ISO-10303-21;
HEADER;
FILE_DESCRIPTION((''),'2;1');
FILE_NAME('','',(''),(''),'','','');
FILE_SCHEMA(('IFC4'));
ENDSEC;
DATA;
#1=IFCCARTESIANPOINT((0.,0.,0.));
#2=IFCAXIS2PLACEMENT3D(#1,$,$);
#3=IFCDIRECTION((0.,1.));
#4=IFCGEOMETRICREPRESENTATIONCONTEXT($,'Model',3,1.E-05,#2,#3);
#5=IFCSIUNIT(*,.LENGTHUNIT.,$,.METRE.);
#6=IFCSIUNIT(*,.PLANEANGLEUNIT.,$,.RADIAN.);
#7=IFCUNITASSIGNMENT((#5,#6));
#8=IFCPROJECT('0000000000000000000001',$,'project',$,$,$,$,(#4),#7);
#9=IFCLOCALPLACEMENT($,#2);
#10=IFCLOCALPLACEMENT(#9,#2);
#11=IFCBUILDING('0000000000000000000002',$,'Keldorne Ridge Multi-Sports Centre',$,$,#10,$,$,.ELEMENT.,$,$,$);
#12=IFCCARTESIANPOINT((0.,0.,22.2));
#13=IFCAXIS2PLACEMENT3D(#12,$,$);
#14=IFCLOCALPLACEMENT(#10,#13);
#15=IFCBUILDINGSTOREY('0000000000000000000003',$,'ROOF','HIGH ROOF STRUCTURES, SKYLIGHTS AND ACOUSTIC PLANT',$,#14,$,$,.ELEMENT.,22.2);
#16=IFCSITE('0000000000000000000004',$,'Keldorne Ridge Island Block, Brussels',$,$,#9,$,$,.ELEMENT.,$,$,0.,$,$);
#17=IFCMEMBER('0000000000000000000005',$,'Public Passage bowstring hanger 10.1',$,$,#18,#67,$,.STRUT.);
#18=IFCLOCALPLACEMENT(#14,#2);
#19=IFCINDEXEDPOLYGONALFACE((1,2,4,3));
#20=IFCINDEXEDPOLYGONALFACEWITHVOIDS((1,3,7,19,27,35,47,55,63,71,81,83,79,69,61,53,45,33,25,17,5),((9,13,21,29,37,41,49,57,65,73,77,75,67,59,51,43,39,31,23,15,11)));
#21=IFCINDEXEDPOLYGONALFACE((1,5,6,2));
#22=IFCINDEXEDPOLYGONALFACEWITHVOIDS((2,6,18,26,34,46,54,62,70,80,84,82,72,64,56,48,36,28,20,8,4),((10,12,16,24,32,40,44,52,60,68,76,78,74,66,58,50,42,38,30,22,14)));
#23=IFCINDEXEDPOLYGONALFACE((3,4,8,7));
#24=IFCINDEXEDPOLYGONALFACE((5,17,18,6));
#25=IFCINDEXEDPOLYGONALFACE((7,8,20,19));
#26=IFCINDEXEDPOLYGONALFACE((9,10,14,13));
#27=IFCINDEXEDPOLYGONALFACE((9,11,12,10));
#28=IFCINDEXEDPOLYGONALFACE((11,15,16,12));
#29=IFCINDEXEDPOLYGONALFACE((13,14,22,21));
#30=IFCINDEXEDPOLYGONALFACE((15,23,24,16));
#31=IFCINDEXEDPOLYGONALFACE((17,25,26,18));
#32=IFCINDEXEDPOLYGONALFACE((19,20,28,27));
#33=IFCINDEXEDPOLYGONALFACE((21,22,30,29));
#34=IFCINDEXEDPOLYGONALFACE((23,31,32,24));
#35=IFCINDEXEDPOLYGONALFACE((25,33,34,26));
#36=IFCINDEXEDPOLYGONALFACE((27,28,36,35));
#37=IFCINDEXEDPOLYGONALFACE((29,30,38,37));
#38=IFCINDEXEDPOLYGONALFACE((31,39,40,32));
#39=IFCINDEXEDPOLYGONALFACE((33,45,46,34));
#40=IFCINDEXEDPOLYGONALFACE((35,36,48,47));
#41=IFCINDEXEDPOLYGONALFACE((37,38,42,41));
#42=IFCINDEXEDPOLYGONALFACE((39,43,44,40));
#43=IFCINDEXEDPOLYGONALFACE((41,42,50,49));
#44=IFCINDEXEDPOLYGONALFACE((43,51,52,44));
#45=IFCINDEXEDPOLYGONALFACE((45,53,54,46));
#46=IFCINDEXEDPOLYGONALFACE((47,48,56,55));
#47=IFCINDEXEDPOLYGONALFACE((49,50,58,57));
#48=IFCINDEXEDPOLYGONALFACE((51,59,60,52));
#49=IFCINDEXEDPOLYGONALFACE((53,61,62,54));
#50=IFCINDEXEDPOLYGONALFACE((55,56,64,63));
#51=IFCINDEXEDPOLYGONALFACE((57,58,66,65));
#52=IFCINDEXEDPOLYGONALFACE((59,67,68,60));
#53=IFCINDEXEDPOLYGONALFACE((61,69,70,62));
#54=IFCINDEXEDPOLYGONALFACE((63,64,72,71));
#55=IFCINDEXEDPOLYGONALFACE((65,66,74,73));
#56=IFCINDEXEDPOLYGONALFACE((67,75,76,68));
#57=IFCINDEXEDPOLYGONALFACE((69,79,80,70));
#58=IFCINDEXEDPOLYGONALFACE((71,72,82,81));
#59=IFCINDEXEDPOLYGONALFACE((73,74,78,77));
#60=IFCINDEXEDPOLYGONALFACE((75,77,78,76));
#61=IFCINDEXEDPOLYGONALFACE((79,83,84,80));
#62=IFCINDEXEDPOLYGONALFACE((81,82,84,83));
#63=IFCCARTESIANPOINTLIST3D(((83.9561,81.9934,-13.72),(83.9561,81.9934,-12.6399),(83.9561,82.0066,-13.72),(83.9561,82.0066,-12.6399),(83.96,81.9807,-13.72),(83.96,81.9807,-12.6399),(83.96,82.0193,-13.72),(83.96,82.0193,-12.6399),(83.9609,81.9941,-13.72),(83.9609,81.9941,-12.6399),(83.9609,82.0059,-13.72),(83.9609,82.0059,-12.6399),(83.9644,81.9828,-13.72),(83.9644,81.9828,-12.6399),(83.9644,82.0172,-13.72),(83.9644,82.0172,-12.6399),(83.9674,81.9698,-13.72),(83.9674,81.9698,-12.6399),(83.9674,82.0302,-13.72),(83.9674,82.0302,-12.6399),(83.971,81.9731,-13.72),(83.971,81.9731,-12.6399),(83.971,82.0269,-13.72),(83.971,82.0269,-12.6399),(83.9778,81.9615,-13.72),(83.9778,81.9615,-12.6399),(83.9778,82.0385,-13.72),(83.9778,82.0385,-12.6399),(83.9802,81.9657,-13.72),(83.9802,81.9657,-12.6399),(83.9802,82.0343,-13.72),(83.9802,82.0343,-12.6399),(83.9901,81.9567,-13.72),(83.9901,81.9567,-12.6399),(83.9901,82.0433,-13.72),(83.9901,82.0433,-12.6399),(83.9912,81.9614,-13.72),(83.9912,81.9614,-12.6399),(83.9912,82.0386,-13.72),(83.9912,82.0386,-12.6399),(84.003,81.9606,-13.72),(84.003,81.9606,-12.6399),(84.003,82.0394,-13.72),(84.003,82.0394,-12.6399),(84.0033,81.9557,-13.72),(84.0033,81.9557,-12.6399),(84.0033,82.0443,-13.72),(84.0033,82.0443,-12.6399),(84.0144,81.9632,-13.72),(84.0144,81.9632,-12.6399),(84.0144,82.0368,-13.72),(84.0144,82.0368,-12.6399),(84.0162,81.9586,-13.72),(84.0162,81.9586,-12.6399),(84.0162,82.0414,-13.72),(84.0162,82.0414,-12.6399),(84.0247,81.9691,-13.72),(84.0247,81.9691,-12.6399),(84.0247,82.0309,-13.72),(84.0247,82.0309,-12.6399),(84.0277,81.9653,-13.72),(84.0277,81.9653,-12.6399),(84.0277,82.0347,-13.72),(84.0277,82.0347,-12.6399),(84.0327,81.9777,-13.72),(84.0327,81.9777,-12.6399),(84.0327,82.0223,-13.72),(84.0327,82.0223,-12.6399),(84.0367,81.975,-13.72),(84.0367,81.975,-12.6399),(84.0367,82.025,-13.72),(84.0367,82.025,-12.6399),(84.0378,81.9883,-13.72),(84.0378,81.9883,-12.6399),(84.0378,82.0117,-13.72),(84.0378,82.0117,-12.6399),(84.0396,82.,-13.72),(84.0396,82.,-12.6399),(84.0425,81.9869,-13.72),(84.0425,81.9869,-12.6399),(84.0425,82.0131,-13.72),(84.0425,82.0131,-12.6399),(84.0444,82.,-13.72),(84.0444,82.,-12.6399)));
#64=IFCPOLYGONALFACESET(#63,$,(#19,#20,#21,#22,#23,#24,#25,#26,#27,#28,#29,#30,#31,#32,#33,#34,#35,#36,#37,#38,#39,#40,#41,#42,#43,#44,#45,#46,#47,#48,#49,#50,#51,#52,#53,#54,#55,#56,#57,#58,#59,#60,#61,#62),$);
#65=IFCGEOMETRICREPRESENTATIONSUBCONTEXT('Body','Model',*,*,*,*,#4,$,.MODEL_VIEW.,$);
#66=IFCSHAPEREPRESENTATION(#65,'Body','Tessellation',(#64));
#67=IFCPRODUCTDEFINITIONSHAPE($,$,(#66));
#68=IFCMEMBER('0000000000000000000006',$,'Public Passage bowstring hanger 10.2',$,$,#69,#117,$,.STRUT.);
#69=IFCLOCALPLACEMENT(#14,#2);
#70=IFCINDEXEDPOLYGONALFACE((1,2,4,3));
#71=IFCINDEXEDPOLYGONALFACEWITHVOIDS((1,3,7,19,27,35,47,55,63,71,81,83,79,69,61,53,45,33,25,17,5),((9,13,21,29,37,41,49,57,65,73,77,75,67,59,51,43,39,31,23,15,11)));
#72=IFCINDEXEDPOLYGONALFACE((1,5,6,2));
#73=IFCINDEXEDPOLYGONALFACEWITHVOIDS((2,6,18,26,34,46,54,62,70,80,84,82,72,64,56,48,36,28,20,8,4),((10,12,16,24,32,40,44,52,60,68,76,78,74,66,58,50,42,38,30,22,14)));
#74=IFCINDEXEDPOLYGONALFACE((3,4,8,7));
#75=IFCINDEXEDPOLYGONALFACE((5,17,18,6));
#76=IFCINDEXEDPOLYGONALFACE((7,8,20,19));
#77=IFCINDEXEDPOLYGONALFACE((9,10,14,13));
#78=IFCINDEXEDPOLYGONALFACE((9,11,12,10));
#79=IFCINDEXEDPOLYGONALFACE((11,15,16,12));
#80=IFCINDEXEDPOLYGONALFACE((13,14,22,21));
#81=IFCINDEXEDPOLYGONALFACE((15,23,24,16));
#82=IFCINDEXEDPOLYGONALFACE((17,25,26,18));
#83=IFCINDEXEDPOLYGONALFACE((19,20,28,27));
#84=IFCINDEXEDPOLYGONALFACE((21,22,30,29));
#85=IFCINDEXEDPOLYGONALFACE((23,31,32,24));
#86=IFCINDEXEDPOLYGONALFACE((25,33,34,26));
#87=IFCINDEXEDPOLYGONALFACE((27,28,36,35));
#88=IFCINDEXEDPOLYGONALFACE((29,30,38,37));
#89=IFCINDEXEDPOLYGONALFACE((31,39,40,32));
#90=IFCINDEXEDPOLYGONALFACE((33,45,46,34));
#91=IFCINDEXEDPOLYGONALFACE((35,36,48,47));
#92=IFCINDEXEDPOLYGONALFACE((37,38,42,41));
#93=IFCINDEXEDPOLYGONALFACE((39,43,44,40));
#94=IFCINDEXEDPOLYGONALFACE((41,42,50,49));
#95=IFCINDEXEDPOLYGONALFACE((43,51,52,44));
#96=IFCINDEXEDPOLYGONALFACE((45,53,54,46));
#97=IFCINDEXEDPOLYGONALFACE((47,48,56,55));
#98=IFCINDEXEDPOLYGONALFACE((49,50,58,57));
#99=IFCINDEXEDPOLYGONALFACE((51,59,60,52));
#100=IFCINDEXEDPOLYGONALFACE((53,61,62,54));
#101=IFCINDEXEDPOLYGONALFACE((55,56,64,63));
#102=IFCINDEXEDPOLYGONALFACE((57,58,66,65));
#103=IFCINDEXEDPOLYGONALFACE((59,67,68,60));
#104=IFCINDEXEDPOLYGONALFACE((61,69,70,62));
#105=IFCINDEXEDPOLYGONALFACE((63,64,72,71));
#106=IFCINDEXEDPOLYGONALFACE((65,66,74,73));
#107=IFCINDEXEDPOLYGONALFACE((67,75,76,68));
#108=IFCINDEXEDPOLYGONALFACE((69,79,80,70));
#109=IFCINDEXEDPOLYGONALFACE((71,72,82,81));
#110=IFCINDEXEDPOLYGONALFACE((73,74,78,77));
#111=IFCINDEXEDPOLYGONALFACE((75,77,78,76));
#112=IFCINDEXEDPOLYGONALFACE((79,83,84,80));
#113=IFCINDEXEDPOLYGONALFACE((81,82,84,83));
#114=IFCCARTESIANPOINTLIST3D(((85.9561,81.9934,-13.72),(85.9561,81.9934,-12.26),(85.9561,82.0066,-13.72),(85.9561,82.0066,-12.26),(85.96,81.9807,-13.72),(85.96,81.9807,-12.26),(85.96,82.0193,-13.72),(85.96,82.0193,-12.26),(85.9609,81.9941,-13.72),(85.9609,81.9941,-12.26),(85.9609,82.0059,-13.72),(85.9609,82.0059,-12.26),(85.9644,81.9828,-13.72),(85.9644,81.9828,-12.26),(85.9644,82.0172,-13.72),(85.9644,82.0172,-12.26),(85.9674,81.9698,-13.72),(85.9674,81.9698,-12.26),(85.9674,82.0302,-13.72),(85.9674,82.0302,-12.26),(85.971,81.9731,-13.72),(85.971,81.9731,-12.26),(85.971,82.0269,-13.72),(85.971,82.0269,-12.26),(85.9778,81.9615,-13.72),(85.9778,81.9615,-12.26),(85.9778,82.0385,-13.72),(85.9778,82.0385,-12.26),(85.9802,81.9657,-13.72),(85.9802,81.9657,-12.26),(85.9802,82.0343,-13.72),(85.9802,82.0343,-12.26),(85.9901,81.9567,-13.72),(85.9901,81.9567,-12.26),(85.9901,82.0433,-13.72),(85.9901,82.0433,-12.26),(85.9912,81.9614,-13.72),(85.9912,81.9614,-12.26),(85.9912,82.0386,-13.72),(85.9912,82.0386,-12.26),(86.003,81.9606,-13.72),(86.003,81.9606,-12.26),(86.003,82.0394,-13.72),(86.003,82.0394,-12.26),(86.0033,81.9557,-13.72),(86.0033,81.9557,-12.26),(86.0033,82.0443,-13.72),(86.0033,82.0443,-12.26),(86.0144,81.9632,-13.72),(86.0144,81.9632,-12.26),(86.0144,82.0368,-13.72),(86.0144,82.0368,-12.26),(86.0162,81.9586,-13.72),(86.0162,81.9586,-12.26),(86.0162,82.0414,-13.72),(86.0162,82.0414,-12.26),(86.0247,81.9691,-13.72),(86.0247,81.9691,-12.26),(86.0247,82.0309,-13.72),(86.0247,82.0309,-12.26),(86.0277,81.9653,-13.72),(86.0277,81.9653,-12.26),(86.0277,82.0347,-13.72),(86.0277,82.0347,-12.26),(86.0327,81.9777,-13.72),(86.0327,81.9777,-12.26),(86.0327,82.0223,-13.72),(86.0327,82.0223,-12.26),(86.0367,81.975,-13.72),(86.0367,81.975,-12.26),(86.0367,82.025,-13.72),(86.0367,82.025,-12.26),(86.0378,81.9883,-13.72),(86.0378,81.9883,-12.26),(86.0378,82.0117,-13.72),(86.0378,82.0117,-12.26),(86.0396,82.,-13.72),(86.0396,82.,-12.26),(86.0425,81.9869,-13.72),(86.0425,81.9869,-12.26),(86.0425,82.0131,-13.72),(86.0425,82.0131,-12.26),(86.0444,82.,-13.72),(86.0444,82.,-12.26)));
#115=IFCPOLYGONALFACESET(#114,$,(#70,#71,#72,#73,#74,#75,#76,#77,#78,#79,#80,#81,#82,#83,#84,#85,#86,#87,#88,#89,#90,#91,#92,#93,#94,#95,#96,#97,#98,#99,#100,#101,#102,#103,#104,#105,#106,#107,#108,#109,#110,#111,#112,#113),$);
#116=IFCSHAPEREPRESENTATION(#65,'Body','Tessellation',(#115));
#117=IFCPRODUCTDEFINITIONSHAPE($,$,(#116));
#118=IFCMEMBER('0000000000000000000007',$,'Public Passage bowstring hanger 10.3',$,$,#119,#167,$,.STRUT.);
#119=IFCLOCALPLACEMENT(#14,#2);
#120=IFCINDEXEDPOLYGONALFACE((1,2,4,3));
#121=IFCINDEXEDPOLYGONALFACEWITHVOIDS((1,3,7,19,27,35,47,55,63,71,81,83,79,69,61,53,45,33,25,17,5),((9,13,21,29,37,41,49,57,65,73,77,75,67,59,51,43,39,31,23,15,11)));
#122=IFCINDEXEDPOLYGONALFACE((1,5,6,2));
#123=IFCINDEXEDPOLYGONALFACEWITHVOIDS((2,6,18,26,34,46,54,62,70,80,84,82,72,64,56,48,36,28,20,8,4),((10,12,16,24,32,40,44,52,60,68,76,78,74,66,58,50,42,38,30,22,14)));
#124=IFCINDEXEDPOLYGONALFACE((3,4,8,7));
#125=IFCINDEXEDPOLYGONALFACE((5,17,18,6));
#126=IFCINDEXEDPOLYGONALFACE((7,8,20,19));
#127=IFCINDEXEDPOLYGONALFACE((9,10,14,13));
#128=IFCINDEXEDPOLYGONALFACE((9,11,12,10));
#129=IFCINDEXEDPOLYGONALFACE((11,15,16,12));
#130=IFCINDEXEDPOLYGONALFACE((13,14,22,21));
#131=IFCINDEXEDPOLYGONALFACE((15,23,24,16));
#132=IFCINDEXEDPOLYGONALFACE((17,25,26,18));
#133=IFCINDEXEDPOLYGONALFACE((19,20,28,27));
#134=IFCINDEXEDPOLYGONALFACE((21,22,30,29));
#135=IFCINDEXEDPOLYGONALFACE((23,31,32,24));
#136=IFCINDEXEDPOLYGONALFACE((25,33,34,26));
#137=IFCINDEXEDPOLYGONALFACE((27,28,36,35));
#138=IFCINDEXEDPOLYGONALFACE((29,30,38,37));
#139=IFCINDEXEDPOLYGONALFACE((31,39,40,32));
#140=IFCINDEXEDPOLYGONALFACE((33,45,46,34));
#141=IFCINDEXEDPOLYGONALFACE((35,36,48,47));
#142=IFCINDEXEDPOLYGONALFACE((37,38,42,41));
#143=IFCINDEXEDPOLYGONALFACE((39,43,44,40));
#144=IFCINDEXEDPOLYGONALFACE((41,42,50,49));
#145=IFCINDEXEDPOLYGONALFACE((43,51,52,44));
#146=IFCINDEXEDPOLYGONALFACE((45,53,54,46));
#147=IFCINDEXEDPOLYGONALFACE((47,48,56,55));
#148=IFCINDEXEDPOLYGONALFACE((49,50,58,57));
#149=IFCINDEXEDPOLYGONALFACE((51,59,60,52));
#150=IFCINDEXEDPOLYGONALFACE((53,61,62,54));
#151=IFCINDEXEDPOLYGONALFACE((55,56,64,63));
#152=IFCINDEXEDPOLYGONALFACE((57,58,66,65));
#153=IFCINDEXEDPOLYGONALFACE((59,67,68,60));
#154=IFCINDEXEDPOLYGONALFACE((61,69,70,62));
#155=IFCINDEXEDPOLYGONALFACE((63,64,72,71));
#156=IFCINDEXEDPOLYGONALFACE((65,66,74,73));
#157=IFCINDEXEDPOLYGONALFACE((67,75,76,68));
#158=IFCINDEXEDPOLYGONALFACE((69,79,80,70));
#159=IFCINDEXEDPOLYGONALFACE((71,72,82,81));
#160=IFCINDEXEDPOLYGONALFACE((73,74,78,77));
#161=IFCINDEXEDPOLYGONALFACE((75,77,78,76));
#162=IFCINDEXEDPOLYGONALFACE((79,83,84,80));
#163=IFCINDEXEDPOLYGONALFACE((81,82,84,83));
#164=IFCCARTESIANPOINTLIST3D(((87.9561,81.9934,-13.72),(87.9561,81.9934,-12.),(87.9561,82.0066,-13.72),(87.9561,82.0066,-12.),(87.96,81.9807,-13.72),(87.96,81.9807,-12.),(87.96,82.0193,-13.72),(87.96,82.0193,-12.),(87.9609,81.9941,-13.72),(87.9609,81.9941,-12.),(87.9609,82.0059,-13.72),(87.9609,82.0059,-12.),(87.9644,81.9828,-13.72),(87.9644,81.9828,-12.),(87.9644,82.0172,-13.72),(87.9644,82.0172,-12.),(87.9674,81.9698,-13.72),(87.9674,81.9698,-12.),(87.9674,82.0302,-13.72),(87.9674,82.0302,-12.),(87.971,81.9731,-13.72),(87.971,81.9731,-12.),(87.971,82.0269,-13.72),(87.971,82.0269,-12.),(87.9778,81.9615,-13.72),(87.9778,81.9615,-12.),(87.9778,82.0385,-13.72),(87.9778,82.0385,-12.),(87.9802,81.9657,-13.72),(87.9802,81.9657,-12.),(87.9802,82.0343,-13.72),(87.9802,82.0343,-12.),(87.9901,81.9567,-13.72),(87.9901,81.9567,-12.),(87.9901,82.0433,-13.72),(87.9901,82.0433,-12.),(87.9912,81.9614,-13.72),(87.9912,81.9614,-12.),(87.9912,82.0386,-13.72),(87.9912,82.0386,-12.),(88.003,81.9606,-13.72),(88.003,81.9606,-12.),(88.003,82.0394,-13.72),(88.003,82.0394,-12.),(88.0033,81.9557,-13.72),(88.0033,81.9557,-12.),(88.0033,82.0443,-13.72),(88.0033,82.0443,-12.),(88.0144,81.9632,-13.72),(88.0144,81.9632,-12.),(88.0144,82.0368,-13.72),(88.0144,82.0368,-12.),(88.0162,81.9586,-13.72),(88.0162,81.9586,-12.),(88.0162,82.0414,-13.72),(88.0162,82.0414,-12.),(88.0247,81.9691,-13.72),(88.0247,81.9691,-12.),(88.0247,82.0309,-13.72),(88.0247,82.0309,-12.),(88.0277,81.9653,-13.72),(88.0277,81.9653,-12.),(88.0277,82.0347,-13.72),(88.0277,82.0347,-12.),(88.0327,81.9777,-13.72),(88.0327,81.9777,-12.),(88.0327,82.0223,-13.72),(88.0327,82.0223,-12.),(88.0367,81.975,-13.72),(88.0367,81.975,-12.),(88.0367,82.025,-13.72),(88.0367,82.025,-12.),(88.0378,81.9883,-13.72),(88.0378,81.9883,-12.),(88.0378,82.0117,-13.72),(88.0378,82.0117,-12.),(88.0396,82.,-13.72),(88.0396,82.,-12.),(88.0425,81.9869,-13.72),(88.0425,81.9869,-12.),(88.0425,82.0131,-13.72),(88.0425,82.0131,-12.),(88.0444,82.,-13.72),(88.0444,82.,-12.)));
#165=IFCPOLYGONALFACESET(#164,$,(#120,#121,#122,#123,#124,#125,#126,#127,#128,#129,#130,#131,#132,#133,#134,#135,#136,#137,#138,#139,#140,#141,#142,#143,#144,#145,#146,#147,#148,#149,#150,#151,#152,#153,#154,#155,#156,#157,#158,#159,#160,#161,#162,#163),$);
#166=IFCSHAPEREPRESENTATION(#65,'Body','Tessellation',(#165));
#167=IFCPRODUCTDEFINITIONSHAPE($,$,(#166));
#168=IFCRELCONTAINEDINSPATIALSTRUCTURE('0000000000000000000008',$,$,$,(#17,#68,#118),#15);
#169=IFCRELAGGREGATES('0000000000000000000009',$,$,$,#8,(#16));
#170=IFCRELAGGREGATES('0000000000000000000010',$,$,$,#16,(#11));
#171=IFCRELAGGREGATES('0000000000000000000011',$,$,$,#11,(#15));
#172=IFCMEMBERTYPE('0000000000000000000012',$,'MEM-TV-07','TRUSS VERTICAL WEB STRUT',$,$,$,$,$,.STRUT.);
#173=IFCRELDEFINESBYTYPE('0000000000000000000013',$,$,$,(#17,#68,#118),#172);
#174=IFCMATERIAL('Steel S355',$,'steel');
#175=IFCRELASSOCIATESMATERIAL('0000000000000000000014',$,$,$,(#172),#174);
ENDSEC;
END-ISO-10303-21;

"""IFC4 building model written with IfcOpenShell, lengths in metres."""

from ifc_helpers import new_model, si_unit, direction, frame, origin, origin_2d, place, context, subcontext, project, spatial, hollow_circle, extrude, material, material_profile, profile_set, type_object, element, save


model = new_model("IFC4")

# Units and contexts
model_context = context("Model", 3, precision=1e-05, world=origin(), true_north=direction((0.0, 1.0)))
body_context = subcontext(model_context, "Body", "Model", "MODEL_VIEW")
ifc_project = project(units=[si_unit("LENGTHUNIT", "METRE"), si_unit("PLANEANGLEUNIT", "RADIAN")], contexts=[model_context])

# Site, building, storey
site_placement = place(None, origin())
site = spatial("IfcSite", under=ifc_project, at=site_placement, Name="Keldorne Ridge Island Block, Brussels", CompositionType="ELEMENT", RefElevation=0.0)
building_placement = place(site_placement, origin())
building = spatial("IfcBuilding", under=site, at=building_placement, Name="Keldorne Ridge Multi-Sports Centre", CompositionType="ELEMENT")
storey_placement = place(building_placement, frame((0.0, 0.0, 22.2)))
storey = spatial("IfcBuildingStorey", under=building, at=storey_placement, Name="ROOF", Description="HIGH ROOF STRUCTURES, SKYLIGHTS AND ACOUSTIC PLANT", CompositionType="ELEMENT", Elevation=22.2)

# Members
ifc_material = material(Name="Steel S355", Category="steel")
ifc_material_profile_1 = material_profile(ifc_material, hollow_circle(Radius=0.0444, WallThickness=0.0049, at=origin_2d()), Name="CHS 88.9x5")
ifc_profile_set_1 = profile_set([ifc_material_profile_1], Name="Steel S355")
member_type_1 = type_object("IfcMemberType", Name="MEM-TV-07", Description="TRUSS VERTICAL WEB STRUT", PredefinedType="STRUT", material=ifc_profile_set_1)
member_1_placement = place(storey_placement, frame((84.0, 82.0, -13.72), z_axis=(0.0, 0.0, 1.0), x_axis=(1.0, 0.0, 0.0)))
element("IfcMember", 1, at=member_1_placement, inside=storey, type_object=member_type_1, Name="Public Passage bowstring hanger 10.1", PredefinedType="STRUT", context=body_context, shape_type="SweptSolid", body=[
    extrude(hollow_circle(Radius=0.0444, WallThickness=0.0049, at=origin_2d()), origin(), (0.0, 0.0, 1.0), 1.0801),
])
member_2_placement = place(storey_placement, frame((86.0, 82.0, -13.72), z_axis=(0.0, 0.0, 1.0), x_axis=(1.0, 0.0, 0.0)))
element("IfcMember", 2, at=member_2_placement, inside=storey, type_object=member_type_1, Name="Public Passage bowstring hanger 10.2", PredefinedType="STRUT", context=body_context, shape_type="SweptSolid", body=[
    extrude(hollow_circle(Radius=0.0444, WallThickness=0.0049, at=origin_2d()), origin(), (0.0, 0.0, 1.0), 1.46),
])
member_3_placement = place(storey_placement, frame((88.0, 82.0, -13.72), z_axis=(0.0, 0.0, 1.0), x_axis=(1.0, 0.0, 0.0)))
element("IfcMember", 3, at=member_3_placement, inside=storey, type_object=member_type_1, Name="Public Passage bowstring hanger 10.3", PredefinedType="STRUT", context=body_context, shape_type="SweptSolid", body=[
    extrude(hollow_circle(Radius=0.0444, WallThickness=0.0049, at=origin_2d()), origin(), (0.0, 0.0, 1.0), 1.72),
])

save(model, "model.ifc")
